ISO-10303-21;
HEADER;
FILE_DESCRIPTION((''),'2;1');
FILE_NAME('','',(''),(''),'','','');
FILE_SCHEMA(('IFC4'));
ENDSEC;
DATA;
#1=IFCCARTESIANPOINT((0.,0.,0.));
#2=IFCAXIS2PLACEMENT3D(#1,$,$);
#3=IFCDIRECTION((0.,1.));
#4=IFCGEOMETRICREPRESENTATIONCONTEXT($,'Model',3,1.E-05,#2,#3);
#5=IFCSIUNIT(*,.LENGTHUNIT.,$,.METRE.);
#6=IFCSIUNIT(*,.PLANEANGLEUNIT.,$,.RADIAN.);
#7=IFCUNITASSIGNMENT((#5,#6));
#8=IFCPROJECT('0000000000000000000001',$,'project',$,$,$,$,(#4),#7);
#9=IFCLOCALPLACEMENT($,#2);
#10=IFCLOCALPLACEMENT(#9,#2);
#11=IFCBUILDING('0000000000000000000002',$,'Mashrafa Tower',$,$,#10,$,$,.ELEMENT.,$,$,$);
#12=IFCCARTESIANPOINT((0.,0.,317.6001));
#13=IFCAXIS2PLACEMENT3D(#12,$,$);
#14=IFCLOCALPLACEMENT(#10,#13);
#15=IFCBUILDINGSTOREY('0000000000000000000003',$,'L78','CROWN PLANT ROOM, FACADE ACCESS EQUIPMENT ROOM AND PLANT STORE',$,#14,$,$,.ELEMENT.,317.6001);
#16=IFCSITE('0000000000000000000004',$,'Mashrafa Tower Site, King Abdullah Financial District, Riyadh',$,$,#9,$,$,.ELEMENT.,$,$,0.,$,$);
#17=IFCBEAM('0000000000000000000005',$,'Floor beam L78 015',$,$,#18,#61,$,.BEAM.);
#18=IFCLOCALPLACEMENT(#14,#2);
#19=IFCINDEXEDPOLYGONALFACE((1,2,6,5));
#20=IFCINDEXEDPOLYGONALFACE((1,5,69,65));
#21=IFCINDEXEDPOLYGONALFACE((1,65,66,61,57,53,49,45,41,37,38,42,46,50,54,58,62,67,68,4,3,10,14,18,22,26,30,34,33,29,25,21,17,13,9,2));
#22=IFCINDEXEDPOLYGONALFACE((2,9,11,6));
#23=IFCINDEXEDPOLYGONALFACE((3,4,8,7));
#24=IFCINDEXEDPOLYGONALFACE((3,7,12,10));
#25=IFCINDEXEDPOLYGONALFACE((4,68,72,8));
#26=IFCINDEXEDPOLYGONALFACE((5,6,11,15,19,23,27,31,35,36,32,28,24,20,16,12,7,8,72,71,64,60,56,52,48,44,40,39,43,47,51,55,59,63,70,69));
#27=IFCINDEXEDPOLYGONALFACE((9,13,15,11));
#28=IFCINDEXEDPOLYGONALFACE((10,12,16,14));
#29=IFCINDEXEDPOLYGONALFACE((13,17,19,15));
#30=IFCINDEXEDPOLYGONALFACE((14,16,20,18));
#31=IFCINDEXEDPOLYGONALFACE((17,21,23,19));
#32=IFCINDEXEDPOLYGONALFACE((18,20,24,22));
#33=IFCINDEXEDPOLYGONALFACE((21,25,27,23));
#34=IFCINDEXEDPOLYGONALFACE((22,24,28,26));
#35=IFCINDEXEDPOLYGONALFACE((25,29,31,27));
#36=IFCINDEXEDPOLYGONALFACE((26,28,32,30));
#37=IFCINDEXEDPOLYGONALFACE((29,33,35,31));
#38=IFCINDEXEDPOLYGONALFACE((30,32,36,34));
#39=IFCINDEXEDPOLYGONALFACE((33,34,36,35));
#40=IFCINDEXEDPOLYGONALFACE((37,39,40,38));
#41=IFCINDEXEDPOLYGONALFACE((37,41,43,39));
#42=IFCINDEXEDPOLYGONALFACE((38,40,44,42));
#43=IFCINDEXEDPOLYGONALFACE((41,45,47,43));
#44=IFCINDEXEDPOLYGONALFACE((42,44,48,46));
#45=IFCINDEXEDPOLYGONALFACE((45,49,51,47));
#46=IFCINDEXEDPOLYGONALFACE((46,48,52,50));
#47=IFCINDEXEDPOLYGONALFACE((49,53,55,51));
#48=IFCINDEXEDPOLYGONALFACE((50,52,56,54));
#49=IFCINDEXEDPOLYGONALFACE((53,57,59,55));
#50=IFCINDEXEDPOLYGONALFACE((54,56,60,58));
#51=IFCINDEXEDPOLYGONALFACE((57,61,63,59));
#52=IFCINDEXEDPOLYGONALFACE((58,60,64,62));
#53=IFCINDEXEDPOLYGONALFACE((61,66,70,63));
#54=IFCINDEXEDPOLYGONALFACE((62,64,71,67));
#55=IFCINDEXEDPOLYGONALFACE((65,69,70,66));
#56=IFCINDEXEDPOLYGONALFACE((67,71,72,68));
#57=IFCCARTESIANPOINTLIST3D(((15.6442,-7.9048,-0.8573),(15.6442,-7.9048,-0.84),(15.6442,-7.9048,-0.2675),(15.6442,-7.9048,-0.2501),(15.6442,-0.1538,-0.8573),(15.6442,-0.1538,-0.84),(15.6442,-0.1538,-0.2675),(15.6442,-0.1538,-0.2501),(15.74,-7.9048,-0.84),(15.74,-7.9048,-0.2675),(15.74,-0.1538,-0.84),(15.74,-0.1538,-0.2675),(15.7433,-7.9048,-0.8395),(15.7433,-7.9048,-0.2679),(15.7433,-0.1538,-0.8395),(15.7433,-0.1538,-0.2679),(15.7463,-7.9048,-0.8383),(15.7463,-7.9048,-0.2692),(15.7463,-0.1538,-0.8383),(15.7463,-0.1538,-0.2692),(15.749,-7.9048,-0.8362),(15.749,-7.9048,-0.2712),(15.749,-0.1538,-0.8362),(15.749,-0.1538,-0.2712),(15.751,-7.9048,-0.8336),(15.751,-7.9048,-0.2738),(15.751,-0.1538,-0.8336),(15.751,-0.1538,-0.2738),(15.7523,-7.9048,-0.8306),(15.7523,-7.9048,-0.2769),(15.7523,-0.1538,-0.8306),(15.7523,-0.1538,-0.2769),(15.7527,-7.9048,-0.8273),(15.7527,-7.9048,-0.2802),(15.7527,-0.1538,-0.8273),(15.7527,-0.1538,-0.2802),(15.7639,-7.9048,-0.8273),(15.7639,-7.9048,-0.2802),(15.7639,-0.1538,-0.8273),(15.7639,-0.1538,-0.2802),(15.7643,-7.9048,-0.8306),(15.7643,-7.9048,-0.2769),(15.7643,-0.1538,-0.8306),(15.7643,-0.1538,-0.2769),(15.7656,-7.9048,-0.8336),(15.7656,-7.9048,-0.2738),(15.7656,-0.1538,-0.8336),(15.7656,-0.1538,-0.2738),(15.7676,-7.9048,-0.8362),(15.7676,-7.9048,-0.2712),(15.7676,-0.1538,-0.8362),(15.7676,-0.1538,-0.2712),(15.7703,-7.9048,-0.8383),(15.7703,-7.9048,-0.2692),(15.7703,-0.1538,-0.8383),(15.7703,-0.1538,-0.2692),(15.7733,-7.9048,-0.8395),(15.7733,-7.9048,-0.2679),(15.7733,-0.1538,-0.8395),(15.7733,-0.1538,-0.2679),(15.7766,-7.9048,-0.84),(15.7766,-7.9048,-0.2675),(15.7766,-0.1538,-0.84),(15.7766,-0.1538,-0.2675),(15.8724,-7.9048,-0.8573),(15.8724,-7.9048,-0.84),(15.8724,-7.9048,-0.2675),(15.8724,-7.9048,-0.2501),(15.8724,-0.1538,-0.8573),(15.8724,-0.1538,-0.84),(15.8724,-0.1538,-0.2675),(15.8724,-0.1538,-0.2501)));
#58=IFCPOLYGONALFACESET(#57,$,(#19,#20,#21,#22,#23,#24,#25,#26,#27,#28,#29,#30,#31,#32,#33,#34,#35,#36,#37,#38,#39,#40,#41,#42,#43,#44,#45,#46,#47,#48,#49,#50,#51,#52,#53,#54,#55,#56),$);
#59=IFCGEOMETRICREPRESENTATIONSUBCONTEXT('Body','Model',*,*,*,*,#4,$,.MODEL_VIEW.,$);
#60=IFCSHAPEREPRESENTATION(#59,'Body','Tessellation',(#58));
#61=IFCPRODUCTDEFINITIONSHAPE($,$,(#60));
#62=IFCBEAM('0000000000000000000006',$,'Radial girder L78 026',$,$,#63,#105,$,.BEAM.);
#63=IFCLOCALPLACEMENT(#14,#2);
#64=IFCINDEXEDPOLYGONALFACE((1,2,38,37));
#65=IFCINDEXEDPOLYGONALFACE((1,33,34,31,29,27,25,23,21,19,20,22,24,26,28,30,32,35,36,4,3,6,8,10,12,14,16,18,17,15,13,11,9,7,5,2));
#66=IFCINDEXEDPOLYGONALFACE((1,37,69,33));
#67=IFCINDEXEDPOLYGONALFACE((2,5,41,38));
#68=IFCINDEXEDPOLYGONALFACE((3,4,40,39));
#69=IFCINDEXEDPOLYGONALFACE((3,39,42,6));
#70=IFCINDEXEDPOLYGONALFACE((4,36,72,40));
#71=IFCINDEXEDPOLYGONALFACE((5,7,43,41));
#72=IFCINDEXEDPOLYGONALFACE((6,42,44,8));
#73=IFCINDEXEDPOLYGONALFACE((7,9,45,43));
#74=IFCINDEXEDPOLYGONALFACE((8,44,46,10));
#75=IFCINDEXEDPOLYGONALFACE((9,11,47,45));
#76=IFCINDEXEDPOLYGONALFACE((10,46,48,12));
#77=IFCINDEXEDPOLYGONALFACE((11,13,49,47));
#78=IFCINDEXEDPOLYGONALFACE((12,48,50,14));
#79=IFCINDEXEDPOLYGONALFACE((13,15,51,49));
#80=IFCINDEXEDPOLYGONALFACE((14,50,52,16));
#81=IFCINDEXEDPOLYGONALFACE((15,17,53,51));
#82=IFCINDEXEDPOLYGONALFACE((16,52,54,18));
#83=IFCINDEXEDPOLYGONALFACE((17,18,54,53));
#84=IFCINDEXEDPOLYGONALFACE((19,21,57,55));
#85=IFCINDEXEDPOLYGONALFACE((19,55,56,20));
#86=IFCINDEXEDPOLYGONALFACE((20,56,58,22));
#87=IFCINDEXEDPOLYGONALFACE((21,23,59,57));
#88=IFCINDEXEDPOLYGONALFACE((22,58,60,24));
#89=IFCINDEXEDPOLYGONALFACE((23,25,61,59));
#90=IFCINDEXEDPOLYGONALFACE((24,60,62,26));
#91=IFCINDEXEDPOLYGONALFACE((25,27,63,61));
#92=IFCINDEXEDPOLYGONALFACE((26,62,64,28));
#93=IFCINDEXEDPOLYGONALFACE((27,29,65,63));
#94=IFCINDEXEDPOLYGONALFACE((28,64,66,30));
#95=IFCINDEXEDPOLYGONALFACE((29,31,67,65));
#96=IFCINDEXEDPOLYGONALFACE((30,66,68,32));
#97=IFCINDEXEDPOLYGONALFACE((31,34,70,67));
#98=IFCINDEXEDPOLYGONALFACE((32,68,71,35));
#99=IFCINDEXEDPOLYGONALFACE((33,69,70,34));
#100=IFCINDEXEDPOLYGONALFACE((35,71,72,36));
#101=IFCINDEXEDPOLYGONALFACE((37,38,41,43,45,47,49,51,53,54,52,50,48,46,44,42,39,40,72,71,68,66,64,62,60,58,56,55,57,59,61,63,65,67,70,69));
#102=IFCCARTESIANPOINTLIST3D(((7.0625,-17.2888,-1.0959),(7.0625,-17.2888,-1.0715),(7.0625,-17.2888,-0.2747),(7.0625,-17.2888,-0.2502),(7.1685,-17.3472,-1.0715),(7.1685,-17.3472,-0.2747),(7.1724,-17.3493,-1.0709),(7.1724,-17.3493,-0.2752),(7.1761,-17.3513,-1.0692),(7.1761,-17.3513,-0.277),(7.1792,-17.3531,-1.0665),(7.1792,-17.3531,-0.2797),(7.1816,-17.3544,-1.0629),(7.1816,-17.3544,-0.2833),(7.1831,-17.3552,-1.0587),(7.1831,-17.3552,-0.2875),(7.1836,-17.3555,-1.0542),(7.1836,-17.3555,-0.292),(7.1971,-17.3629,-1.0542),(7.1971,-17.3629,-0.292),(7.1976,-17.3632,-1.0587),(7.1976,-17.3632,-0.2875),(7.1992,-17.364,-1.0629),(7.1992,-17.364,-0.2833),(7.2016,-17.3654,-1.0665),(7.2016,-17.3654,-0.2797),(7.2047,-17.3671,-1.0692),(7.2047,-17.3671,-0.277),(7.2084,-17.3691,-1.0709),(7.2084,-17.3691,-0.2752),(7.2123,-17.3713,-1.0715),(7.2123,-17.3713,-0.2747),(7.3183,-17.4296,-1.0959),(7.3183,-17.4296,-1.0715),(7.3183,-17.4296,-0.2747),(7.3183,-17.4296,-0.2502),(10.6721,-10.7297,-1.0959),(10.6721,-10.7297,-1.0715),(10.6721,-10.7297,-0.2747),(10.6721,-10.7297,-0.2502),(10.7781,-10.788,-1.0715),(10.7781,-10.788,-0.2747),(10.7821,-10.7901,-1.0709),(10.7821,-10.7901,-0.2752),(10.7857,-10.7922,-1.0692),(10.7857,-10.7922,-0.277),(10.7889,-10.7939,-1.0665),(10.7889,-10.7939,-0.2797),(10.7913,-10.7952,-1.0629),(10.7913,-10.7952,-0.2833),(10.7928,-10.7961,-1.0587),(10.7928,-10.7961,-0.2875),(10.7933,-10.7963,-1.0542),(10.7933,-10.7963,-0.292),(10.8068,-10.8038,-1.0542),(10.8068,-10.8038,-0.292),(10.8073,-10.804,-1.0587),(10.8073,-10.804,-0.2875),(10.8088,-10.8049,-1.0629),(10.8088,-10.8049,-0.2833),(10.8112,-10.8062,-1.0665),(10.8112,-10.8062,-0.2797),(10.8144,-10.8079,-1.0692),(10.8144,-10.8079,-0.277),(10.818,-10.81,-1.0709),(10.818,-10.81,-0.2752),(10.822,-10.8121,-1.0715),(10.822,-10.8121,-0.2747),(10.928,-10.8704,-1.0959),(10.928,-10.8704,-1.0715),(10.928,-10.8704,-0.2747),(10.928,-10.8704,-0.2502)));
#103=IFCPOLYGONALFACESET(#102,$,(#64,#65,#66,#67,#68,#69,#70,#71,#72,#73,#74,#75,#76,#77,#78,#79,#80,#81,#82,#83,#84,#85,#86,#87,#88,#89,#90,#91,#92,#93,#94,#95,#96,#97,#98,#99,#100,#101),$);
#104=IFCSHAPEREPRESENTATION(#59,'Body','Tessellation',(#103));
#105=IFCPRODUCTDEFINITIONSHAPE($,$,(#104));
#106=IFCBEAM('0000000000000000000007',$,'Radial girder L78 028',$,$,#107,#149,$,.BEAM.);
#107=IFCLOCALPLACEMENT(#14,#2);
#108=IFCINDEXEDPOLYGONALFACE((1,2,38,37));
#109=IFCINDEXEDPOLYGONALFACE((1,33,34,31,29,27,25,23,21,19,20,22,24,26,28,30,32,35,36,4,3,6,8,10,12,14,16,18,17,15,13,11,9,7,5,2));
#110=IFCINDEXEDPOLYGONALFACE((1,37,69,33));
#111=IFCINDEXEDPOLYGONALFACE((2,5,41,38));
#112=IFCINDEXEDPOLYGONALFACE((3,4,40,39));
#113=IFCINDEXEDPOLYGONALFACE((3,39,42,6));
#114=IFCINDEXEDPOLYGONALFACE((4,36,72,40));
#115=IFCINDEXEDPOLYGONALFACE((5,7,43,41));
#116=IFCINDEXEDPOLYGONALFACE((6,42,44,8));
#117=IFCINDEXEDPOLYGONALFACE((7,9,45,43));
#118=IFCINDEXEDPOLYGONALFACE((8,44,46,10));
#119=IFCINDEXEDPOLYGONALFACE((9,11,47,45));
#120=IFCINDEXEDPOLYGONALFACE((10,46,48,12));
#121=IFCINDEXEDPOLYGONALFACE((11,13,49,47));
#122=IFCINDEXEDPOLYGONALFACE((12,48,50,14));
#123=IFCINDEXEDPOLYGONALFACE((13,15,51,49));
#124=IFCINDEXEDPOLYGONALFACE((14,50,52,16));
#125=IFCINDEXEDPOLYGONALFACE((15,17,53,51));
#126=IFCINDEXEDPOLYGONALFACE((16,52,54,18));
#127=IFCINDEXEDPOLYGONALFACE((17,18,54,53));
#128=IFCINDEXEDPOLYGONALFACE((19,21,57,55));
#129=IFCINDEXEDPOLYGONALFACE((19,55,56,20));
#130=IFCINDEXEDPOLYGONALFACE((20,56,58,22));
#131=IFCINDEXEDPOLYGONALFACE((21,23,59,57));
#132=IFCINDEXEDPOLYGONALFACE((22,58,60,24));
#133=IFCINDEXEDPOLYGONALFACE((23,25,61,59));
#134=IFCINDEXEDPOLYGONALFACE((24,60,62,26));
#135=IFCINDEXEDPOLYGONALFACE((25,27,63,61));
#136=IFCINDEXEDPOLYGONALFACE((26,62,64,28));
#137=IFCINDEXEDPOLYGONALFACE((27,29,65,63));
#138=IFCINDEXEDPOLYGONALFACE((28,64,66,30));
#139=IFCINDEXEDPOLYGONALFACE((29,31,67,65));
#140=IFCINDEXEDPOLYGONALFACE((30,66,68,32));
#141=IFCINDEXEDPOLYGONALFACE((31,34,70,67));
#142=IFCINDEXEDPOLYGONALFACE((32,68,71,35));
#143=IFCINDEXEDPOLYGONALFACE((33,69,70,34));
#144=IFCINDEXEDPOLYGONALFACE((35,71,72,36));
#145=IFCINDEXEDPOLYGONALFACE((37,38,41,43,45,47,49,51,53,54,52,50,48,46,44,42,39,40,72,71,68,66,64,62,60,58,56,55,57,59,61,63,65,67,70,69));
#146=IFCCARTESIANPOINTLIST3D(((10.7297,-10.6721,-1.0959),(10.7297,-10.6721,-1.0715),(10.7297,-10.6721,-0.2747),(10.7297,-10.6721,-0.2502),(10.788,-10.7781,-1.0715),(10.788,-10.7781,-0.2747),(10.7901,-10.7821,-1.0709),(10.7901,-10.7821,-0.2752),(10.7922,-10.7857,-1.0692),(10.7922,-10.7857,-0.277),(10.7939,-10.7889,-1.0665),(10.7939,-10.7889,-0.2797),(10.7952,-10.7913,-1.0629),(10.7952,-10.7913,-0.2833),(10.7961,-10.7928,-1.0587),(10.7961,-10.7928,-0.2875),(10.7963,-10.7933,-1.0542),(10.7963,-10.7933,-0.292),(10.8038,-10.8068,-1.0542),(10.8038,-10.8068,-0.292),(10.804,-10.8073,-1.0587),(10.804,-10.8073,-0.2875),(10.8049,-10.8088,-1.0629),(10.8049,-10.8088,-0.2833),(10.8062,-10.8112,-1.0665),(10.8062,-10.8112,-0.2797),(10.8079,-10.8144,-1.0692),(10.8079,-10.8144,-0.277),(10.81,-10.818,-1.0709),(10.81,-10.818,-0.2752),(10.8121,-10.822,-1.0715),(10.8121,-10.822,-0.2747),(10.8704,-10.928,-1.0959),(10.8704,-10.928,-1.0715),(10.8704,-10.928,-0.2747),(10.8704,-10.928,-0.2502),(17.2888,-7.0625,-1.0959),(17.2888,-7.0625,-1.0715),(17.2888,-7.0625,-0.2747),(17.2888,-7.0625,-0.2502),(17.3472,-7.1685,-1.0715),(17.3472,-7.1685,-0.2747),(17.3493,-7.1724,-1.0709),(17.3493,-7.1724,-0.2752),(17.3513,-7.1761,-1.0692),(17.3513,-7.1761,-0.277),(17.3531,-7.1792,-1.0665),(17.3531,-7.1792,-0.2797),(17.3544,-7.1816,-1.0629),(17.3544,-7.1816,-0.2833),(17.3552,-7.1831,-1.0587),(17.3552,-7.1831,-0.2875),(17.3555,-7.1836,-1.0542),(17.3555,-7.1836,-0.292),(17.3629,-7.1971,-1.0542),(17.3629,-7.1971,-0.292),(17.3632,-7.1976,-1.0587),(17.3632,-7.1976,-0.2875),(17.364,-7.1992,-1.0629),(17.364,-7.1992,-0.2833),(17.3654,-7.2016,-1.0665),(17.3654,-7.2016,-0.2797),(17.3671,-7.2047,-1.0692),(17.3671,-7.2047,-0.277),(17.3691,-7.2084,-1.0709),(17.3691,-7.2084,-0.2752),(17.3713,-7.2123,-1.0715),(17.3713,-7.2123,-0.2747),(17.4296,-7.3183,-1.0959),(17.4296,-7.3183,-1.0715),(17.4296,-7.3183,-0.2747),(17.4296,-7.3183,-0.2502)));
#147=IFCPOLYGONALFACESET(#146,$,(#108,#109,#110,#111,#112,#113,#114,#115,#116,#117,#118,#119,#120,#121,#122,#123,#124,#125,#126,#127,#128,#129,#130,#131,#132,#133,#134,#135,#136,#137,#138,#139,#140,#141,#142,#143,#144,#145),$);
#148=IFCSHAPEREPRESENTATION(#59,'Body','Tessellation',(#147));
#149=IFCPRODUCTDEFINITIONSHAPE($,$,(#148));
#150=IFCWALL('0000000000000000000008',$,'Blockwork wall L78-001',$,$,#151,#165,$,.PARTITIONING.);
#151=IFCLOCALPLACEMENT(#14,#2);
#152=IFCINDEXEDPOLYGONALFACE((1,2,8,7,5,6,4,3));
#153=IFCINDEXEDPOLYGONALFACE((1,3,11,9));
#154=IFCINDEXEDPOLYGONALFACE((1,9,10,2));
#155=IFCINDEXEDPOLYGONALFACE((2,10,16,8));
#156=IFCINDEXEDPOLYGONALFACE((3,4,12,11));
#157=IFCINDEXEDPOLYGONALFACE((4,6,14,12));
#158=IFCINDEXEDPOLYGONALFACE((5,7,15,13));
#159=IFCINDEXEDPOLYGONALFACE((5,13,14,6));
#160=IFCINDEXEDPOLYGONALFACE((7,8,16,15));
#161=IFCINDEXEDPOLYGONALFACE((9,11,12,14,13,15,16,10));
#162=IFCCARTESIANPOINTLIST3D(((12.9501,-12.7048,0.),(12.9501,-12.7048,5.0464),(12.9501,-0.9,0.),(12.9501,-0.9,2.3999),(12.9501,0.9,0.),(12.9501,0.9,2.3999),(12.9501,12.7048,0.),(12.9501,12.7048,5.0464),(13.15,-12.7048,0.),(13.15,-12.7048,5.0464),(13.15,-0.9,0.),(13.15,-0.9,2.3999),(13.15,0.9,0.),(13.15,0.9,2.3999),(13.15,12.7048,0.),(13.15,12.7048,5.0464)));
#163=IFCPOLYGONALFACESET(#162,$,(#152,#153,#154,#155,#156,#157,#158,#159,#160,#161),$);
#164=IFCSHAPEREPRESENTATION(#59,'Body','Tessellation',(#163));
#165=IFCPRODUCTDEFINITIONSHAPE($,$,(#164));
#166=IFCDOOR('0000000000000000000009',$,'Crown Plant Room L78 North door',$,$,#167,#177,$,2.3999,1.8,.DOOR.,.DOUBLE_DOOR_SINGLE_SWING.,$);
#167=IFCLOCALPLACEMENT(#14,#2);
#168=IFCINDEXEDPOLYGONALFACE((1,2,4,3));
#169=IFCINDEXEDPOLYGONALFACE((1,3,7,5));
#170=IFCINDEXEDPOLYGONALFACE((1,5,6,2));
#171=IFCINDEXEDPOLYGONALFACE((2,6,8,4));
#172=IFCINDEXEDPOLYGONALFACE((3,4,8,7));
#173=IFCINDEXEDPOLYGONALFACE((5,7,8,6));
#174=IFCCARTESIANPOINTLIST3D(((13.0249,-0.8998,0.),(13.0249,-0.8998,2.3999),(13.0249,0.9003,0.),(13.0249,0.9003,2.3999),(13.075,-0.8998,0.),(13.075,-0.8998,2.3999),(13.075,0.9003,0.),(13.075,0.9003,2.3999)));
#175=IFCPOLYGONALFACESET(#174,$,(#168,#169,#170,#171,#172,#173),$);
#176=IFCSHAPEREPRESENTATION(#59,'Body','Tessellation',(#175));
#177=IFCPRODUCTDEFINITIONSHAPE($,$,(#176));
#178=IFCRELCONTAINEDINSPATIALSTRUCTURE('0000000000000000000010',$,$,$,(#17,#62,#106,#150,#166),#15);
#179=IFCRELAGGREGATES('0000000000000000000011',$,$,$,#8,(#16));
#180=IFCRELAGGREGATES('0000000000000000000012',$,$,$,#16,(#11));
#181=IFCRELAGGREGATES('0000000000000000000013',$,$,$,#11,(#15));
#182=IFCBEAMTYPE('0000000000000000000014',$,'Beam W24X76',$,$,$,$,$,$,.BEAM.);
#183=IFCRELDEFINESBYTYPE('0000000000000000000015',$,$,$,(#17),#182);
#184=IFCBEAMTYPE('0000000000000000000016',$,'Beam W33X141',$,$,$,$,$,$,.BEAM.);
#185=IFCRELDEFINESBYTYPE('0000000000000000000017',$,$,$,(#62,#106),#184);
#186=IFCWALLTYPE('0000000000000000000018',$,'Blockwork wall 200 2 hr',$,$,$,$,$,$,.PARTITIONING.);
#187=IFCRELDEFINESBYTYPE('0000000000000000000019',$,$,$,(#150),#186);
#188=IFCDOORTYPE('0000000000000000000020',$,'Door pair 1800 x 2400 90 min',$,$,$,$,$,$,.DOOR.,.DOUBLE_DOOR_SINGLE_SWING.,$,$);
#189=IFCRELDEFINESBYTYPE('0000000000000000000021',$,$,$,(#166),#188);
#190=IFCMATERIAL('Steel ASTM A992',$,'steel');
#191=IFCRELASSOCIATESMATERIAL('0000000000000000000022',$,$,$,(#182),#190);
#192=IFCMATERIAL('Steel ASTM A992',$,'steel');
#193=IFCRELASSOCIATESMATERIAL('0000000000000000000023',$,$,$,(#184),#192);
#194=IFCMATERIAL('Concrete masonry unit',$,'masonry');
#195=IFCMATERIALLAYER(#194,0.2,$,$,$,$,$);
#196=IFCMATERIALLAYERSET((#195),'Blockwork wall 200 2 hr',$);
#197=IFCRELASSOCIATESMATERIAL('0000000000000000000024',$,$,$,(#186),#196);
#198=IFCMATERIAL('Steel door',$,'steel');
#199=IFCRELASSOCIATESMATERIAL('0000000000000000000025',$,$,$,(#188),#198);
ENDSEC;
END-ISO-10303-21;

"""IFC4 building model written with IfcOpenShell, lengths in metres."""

from ifc_helpers import new_model, si_unit, direction, frame, frame_2d, origin, origin_2d, place, context, subcontext, project, spatial, rectangle, i_section, extrude, material, layer, layer_set, material_profile, profile_set, type_object, element, fill, save


model = new_model("IFC4")

# Units and contexts
model_context = context("Model", 3, precision=1e-05, world=origin(), true_north=direction((0.0, 1.0)))
body_context = subcontext(model_context, "Body", "Model", "MODEL_VIEW")
ifc_project = project(units=[si_unit("LENGTHUNIT", "METRE"), si_unit("PLANEANGLEUNIT", "RADIAN")], contexts=[model_context])

# Site, building, storey
site_placement = place(None, origin())
site = spatial("IfcSite", under=ifc_project, at=site_placement, Name="Mashrafa Tower Site, King Abdullah Financial District, Riyadh", CompositionType="ELEMENT", RefElevation=0.0)
building_placement = place(site_placement, origin())
building = spatial("IfcBuilding", under=site, at=building_placement, Name="Mashrafa Tower", CompositionType="ELEMENT")
storey_placement = place(building_placement, frame((0.0, 0.0, 317.6001)))
storey = spatial("IfcBuildingStorey", under=building, at=storey_placement, Name="L78", Description="CROWN PLANT ROOM, FACADE ACCESS EQUIPMENT ROOM AND PLANT STORE", CompositionType="ELEMENT", Elevation=317.6001)

# Beams
ifc_material_1 = material(Name="Steel ASTM A992", Category="steel")
ifc_material_profile_1 = material_profile(ifc_material_1, i_section(OverallWidth=0.2283, OverallDepth=0.6072, WebThickness=0.0112, FlangeThickness=0.0173, FilletRadius=0.0127, at=origin_2d()), Name="W24X76")
ifc_profile_set_1 = profile_set([ifc_material_profile_1], Name="Steel ASTM A992")
beam_type_1 = type_object("IfcBeamType", Name="Beam W24X76", PredefinedType="BEAM", material=ifc_profile_set_1)
beam_1_placement = place(storey_placement, frame((15.7583, -0.1538, -0.5537), z_axis=(0.0, -1.0, 0.0), x_axis=(1.0, 0.0, 0.0)))
element("IfcBeam", 1, at=beam_1_placement, inside=storey, type_object=beam_type_1, Name="Floor beam L78 015", PredefinedType="BEAM", context=body_context, shape_type="SweptSolid", body=[
    extrude(i_section(OverallWidth=0.2283, OverallDepth=0.6072, WebThickness=0.0112, FlangeThickness=0.0173, FilletRadius=0.0127, at=origin_2d()), origin(), (0.0, 0.0, 1.0), 7.751),
])
ifc_material_2 = material(Name="Steel ASTM A992", Category="steel")
ifc_material_profile_2 = material_profile(ifc_material_2, i_section(OverallWidth=0.292, OverallDepth=0.8457, WebThickness=0.0154, FlangeThickness=0.0244, FilletRadius=0.0173, at=origin_2d()), Name="W33X141")
ifc_profile_set_2 = profile_set([ifc_material_profile_2], Name="Steel ASTM A992")
beam_type_2 = type_object("IfcBeamType", Name="Beam W33X141", PredefinedType="BEAM", material=ifc_profile_set_2)
for number, where, z_axis, x_axis, name in (
    (2, (10.8, -10.8, -0.6731), (-0.482137, -0.876096, 0.0), (0.876096, -0.482137, 0.0), "Radial girder L78 026"),
    (3, (10.8, -10.8, -0.6731), (0.876096, 0.482137, 0.0), (-0.482137, 0.876096, 0.0), "Radial girder L78 028"),
):
    element("IfcBeam", number, at=place(storey_placement, frame(where, z_axis=z_axis, x_axis=x_axis)), inside=storey, type_object=beam_type_2, Name=name, PredefinedType="BEAM", context=body_context, shape_type="SweptSolid", body=[
        extrude(i_section(OverallWidth=0.292, OverallDepth=0.8457, WebThickness=0.0154, FlangeThickness=0.0244, FilletRadius=0.0173, at=origin_2d()), origin(), (0.0, 0.0, 1.0), 7.4868),
    ])

# Wall, opening, door
ifc_material_3 = material(Name="Concrete masonry unit", Category="masonry")
ifc_layer_1 = layer(ifc_material_3, 0.2)
ifc_layer_set_1 = layer_set([ifc_layer_1], Name="Blockwork wall 200 2 hr")
wall_type_1 = type_object("IfcWallType", Name="Blockwork wall 200 2 hr", PredefinedType="PARTITIONING", material=ifc_layer_set_1)
wall_1_placement = place(storey_placement, frame((13.05, -12.7048, 0.0), z_axis=(0.0, 0.0, 1.0), x_axis=(0.0, 1.0, 0.0)))
wall_1 = element("IfcWall", 4, at=wall_1_placement, inside=storey, type_object=wall_type_1, Name="Blockwork wall L78-001", PredefinedType="PARTITIONING", context=body_context, shape_type="SweptSolid", body=[
    extrude(rectangle(XDim=25.4097, YDim=0.2, at=frame_2d((12.7048, 0.0))), origin(), (0.0, 0.0, 1.0), 5.0464),
])
opening_1_placement = place(wall_1_placement, frame((11.8049, 0.0, 0.0)))
opening_1 = element("IfcOpeningElement", 5, at=opening_1_placement, cuts=wall_1, PredefinedType="OPENING", context=body_context, shape_type="SweptSolid", body=[
    extrude(rectangle(XDim=1.8, YDim=2.3999, at=frame_2d((0.8999, 1.2))), frame((0.0, 0.1099, 0.0), z_axis=(0.0, -1.0, 0.0), x_axis=(1.0, 0.0, 0.0)), (0.0, 0.0, 1.0), 0.22),
])
ifc_material_4 = material(Name="Steel door", Category="steel")
door_type_1 = type_object("IfcDoorType", Name="Door pair 1800 x 2400 90 min", OperationType="DOUBLE_DOOR_SINGLE_SWING", PredefinedType="DOOR", material=ifc_material_4)
door_1_placement = place(opening_1_placement, frame((1.8, 0.0, 0.0), z_axis=(0.0, 0.0, 1.0), x_axis=(-1.0, 0.0, 0.0)))
door_1 = element("IfcDoor", 6, at=door_1_placement, inside=storey, type_object=door_type_1, Name="Crown Plant Room L78 North door", OperationType="DOUBLE_DOOR_SINGLE_SWING", OverallHeight=2.3999, OverallWidth=1.8, PredefinedType="DOOR", context=body_context, shape_type="SweptSolid", body=[
    extrude(rectangle(XDim=1.8, YDim=2.3999, at=frame_2d((0.8999, 1.2))), frame((0.0, 0.0249, 0.0), z_axis=(0.0, -1.0, 0.0), x_axis=(1.0, 0.0, 0.0)), (0.0, 0.0, 1.0), 0.05),
])
fill(opening_1, door_1)

save(model, "model.ifc")
